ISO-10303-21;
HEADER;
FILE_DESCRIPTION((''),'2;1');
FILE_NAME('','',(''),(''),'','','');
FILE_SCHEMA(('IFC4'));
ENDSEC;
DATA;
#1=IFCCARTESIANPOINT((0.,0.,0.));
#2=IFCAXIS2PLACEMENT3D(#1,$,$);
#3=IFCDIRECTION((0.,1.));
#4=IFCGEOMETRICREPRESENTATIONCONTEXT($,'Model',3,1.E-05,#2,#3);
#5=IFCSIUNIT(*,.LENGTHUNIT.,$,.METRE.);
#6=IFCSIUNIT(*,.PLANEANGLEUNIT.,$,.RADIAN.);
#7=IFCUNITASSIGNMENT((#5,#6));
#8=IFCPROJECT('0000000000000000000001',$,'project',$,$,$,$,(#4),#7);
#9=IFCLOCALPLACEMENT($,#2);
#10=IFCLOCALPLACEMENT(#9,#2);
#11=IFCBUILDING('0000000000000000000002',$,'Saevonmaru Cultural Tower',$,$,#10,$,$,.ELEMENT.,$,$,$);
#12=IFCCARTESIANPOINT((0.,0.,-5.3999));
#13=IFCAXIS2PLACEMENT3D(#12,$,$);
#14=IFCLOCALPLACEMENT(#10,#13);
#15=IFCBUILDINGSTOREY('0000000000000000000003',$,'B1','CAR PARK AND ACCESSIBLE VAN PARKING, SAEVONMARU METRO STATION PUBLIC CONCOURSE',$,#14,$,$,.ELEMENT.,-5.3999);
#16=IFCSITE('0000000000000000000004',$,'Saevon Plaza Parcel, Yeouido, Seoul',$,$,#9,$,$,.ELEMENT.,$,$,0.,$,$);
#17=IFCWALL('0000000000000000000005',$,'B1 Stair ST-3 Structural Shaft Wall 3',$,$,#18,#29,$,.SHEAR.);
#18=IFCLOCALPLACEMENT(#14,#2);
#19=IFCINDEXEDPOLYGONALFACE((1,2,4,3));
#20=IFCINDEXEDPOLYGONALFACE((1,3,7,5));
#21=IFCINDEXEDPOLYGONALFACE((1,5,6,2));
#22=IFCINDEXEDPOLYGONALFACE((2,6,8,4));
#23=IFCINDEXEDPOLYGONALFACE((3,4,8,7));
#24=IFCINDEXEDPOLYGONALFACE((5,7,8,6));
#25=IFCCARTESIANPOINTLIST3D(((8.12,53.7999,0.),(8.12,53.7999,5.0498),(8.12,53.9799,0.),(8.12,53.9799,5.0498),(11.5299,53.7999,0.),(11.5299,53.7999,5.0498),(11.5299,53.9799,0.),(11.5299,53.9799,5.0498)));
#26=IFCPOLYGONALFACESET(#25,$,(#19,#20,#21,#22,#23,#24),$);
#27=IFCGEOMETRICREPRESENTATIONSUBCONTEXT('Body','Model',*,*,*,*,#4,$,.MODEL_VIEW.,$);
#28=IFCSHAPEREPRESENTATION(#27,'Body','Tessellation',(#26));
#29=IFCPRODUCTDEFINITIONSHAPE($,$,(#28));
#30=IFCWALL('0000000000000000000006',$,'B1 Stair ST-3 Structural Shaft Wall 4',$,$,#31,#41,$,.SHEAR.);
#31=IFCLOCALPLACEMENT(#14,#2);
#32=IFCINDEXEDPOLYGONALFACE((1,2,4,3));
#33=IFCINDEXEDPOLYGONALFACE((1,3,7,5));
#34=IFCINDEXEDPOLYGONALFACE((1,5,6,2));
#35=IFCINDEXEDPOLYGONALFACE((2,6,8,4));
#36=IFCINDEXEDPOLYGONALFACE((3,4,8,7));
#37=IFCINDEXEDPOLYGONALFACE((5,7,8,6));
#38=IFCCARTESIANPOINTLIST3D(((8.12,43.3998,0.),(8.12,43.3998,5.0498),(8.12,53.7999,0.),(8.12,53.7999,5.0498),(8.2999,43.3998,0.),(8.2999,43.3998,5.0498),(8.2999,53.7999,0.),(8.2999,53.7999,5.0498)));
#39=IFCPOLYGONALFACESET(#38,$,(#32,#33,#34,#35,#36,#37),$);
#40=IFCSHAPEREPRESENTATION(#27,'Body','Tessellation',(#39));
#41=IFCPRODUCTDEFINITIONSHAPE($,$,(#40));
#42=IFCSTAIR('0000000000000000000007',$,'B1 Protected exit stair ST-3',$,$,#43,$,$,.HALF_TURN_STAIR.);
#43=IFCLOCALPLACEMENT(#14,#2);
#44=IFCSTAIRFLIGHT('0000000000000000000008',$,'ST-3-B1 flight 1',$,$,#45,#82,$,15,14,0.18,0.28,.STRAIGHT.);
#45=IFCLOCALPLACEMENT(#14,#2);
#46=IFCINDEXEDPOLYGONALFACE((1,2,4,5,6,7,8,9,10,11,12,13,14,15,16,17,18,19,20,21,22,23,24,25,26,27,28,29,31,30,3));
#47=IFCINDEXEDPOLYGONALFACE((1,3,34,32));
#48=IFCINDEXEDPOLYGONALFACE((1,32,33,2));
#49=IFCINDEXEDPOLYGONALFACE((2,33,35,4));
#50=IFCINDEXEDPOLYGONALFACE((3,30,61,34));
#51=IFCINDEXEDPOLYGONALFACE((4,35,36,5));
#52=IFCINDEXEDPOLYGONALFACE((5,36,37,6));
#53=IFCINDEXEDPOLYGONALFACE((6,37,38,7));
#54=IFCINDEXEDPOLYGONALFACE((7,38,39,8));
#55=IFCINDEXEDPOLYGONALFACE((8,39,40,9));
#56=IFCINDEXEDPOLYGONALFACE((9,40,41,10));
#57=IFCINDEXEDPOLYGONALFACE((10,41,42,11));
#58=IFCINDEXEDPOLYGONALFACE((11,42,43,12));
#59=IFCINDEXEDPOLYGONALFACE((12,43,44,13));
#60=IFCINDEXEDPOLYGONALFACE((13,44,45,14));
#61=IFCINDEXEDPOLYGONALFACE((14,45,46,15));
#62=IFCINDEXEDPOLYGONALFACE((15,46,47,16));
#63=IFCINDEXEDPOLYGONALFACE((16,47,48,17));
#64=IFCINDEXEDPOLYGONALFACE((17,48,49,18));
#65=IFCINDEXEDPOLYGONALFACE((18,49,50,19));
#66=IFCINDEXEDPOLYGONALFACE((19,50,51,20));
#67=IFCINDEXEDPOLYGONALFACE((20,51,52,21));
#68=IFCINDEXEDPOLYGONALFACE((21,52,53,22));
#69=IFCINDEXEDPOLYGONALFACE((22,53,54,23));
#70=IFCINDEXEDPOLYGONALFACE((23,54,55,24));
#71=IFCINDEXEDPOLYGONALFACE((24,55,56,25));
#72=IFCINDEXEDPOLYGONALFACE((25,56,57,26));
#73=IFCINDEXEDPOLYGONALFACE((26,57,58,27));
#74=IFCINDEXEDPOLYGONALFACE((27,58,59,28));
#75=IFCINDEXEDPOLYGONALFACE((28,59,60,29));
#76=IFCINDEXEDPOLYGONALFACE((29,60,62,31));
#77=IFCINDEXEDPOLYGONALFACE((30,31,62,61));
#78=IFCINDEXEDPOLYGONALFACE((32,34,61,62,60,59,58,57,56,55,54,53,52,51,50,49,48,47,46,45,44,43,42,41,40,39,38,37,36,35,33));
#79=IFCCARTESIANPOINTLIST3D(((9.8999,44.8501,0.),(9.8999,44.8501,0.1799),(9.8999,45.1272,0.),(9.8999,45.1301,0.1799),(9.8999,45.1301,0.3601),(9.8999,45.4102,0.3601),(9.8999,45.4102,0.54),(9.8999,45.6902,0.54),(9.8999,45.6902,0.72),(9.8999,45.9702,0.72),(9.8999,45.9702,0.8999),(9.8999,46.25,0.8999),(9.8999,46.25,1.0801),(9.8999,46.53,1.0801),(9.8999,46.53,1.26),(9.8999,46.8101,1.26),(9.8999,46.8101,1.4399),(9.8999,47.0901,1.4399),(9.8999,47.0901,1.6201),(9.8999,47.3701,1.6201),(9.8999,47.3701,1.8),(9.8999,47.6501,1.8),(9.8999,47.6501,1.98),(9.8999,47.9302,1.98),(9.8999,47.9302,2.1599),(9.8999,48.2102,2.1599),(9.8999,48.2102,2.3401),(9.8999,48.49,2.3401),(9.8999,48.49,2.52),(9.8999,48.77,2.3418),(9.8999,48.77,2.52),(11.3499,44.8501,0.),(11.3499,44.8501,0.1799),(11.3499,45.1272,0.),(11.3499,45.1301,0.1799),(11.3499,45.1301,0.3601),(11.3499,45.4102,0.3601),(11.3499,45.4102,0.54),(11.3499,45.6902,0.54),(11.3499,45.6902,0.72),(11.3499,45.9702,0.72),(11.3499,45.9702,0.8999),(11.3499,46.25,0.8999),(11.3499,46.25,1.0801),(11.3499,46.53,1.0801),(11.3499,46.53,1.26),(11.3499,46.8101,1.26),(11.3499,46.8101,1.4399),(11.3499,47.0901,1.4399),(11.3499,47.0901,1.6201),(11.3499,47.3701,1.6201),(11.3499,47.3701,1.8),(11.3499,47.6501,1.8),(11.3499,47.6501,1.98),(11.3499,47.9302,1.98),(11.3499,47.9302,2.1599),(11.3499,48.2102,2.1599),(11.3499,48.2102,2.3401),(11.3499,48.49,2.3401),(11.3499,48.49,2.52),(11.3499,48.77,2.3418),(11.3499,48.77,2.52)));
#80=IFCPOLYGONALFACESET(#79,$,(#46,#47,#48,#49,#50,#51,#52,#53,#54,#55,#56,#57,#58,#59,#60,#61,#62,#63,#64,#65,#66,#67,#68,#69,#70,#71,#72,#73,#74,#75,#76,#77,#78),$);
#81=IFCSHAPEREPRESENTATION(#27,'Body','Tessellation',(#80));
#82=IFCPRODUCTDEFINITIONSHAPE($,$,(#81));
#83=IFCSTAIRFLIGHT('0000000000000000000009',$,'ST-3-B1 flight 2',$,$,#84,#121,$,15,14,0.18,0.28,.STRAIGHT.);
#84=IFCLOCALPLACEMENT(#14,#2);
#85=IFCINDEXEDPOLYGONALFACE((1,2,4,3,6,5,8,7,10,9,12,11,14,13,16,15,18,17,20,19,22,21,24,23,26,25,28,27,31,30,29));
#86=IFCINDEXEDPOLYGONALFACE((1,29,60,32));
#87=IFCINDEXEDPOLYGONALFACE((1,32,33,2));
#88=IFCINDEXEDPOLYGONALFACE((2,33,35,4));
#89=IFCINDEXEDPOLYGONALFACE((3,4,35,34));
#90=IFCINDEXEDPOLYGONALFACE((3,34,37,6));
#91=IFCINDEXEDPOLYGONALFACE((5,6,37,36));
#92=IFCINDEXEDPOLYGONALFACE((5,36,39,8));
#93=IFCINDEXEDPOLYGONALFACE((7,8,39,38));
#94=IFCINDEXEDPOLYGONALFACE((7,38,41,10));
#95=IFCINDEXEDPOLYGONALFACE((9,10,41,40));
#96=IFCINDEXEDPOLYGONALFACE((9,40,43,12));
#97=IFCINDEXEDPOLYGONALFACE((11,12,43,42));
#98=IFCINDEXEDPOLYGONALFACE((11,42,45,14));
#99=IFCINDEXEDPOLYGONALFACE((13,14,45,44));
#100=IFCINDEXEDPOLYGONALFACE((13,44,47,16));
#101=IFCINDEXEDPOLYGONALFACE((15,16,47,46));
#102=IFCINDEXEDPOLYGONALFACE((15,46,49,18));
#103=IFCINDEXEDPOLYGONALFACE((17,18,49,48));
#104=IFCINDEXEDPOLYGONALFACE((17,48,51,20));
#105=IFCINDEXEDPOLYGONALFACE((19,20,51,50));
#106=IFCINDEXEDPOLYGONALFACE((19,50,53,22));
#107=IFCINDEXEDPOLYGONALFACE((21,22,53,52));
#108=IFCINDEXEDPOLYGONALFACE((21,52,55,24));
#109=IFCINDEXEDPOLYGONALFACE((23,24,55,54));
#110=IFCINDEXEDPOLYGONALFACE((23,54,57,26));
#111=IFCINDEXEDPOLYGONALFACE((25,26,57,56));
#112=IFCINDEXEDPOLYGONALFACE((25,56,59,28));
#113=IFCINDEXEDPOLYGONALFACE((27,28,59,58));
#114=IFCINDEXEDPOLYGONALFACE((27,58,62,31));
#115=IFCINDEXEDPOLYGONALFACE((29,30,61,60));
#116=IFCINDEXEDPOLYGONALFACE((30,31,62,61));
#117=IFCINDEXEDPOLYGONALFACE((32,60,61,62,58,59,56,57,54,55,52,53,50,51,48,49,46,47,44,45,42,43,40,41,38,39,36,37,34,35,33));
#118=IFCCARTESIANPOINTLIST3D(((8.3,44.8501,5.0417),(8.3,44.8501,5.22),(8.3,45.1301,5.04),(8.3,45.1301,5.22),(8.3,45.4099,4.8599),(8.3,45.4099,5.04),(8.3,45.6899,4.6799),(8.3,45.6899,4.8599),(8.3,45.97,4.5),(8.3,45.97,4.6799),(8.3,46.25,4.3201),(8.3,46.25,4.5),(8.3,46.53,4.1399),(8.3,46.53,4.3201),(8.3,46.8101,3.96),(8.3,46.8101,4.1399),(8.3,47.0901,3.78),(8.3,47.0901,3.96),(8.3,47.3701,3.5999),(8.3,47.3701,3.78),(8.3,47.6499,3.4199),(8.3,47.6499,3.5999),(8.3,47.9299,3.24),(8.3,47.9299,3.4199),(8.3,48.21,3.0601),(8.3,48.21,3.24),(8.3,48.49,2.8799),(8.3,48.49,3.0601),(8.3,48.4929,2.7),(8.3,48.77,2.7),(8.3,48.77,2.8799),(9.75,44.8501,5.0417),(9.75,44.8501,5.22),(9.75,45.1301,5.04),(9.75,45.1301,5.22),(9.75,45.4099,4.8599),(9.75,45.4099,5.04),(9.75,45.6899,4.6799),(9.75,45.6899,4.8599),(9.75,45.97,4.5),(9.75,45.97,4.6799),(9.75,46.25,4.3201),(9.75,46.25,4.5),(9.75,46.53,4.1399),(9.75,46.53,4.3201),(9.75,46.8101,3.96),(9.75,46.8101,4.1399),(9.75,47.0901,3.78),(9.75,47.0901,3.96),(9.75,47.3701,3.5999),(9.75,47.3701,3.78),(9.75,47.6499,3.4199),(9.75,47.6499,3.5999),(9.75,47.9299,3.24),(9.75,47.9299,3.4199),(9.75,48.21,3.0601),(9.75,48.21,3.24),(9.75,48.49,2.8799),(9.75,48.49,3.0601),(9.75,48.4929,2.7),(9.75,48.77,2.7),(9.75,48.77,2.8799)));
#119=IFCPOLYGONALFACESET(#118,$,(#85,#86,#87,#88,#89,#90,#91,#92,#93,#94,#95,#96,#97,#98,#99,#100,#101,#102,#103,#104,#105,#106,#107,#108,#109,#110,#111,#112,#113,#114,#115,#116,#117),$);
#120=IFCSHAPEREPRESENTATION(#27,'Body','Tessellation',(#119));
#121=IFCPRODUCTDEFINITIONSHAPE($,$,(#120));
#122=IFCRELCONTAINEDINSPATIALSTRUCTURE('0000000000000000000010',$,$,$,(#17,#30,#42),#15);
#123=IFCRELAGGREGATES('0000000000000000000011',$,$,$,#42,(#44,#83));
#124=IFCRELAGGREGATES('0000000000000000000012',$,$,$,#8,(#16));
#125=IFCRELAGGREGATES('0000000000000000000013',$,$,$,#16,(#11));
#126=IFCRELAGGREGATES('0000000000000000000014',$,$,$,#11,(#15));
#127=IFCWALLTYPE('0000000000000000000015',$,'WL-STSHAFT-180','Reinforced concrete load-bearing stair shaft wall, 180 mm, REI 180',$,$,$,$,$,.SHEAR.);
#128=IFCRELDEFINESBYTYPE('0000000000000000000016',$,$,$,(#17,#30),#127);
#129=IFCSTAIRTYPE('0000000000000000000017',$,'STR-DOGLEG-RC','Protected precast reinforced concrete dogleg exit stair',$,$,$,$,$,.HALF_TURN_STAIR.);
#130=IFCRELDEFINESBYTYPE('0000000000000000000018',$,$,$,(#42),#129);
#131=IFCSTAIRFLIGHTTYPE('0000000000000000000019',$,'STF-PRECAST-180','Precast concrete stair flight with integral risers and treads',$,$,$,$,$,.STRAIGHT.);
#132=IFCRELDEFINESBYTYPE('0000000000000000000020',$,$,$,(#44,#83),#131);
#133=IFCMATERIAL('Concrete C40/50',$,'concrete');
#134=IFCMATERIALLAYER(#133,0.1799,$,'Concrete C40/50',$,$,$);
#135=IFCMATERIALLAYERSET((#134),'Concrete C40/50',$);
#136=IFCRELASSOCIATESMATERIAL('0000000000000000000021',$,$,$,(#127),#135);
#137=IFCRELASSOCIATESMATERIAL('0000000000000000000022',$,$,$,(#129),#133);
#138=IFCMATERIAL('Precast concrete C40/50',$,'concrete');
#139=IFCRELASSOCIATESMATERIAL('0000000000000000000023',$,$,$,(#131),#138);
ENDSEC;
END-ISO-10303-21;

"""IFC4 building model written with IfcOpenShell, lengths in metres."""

from ifc_helpers import new_model, si_unit, direction, frame, frame_2d, origin, place, context, subcontext, project, spatial, polyline, rectangle, outline, extrude, material, layer, layer_set, type_object, element, aggregate, save


model = new_model("IFC4")

# Units and contexts
model_context = context("Model", 3, precision=1e-05, world=origin(), true_north=direction((0.0, 1.0)))
body_context = subcontext(model_context, "Body", "Model", "MODEL_VIEW")
ifc_project = project(units=[si_unit("LENGTHUNIT", "METRE"), si_unit("PLANEANGLEUNIT", "RADIAN")], contexts=[model_context])

# Site, building, storey
site_placement = place(None, origin())
site = spatial("IfcSite", under=ifc_project, at=site_placement, Name="Saevon Plaza Parcel, Yeouido, Seoul", CompositionType="ELEMENT", RefElevation=0.0)
building_placement = place(site_placement, origin())
building = spatial("IfcBuilding", under=site, at=building_placement, Name="Saevonmaru Cultural Tower", CompositionType="ELEMENT")
storey_placement = place(building_placement, frame((0.0, 0.0, -5.3999)))
storey = spatial("IfcBuildingStorey", under=building, at=storey_placement, Name="B1", Description="CAR PARK AND ACCESSIBLE VAN PARKING, SAEVONMARU METRO STATION PUBLIC CONCOURSE", CompositionType="ELEMENT", Elevation=-5.3999)

# Shared definitions
ifc_material_1 = material(Name="Concrete C40/50", Category="concrete")
ifc_layer_1 = layer(ifc_material_1, 0.1799, Name="Concrete C40/50")
ifc_layer_set_1 = layer_set([ifc_layer_1], Name="Concrete C40/50")
wall_type_1 = type_object("IfcWallType", Name="WL-STSHAFT-180", Description="Reinforced concrete load-bearing stair shaft wall, 180 mm, REI 180", PredefinedType="SHEAR", material=ifc_layer_set_1)

# Walls
wall_1_placement = place(storey_placement, frame((11.53, 53.8899, 0.0), z_axis=(0.0, 0.0, 1.0), x_axis=(-1.0, 0.0, 0.0)))
element("IfcWall", 1, at=wall_1_placement, inside=storey, type_object=wall_type_1, Name="B1 Stair ST-3 Structural Shaft Wall 3", PredefinedType="SHEAR", context=body_context, shape_type="SweptSolid", body=[
    extrude(rectangle(XDim=3.4099, YDim=0.1799, at=frame_2d((1.7051, 0.0))), origin(), (0.0, 0.0, 1.0), 5.0498),
])
wall_2_placement = place(storey_placement, frame((8.21, 53.8, 0.0), z_axis=(0.0, 0.0, 1.0), x_axis=(0.0, -1.0, 0.0)))
element("IfcWall", 2, at=wall_2_placement, inside=storey, type_object=wall_type_1, Name="B1 Stair ST-3 Structural Shaft Wall 4", PredefinedType="SHEAR", context=body_context, shape_type="SweptSolid", body=[
    extrude(rectangle(XDim=10.4001, YDim=0.1799, at=frame_2d((5.2002, 0.0))), origin(), (0.0, 0.0, 1.0), 5.0498),
])

# Stair, stair flights
stair_type = type_object("IfcStairType", Name="STR-DOGLEG-RC", Description="Protected precast reinforced concrete dogleg exit stair", PredefinedType="HALF_TURN_STAIR", material=ifc_material_1)
stair_placement = place(storey_placement, origin())
stair = element("IfcStair", 3, at=stair_placement, inside=storey, type_object=stair_type, Name="B1 Protected exit stair ST-3", PredefinedType="HALF_TURN_STAIR")
ifc_material_2 = material(Name="Precast concrete C40/50", Category="concrete")
stair_flight_type = type_object("IfcStairFlightType", Name="STF-PRECAST-180", Description="Precast concrete stair flight with integral risers and treads", PredefinedType="STRAIGHT", material=ifc_material_2)
stair_flight_1_placement = place(storey_placement, frame((10.625, 44.8501, 0.0), z_axis=(0.0, 0.0, 1.0), x_axis=(0.0, 1.0, 0.0)))
stair_flight_1 = element("IfcStairFlight", 4, at=stair_flight_1_placement, type_object=stair_flight_type, Name="ST-3-B1 flight 1", NumberOfRisers=15, NumberOfTreads=14, PredefinedType="STRAIGHT", RiserHeight=0.18, TreadLength=0.28, context=body_context, shape_type="SweptSolid", body=[
    extrude(outline(polyline([(0.0, 0.0), (0.0, 0.1799), (0.28, 0.1799), (0.28, 0.3601), (0.5601, 0.3601), (0.5601, 0.54), (0.8401, 0.54), (0.8401, 0.72), (1.1201, 0.72), (1.1201, 0.8999), (1.3999, 0.8999), (1.3999, 1.0801), (1.6799, 1.0801), (1.6799, 1.26), (1.96, 1.26), (1.96, 1.4399), (2.24, 1.4399), (2.24, 1.6201), (2.52, 1.6201), (2.52, 1.8), (2.8, 1.8), (2.8, 1.98), (3.0801, 1.98), (3.0801, 2.1599), (3.3601, 2.1599), (3.3601, 2.3401), (3.6399, 2.3401), (3.6399, 2.52), (3.9199, 2.52), (3.9199, 2.7), (3.9199, 2.3418), (0.2771, 0.0), (0.0, 0.0)])), frame((0.0, 0.7251, 0.0), z_axis=(0.0, -1.0, 0.0), x_axis=(1.0, 0.0, 0.0)), (0.0, 0.0, 1.0), 1.45),
])
stair_flight_2_placement = place(storey_placement, frame((9.0249, 48.77, 2.7), z_axis=(0.0, 0.0, 1.0), x_axis=(0.0, -1.0, 0.0)))
stair_flight_2 = element("IfcStairFlight", 5, at=stair_flight_2_placement, type_object=stair_flight_type, Name="ST-3-B1 flight 2", NumberOfRisers=15, NumberOfTreads=14, PredefinedType="STRAIGHT", RiserHeight=0.18, TreadLength=0.28, context=body_context, shape_type="SweptSolid", body=[
    extrude(outline(polyline([(0.0, 0.0), (0.0, 0.1799), (0.28, 0.1799), (0.28, 0.3601), (0.5601, 0.3601), (0.5601, 0.54), (0.8401, 0.54), (0.8401, 0.72), (1.1201, 0.72), (1.1201, 0.8999), (1.3999, 0.8999), (1.3999, 1.0801), (1.6799, 1.0801), (1.6799, 1.26), (1.96, 1.26), (1.96, 1.4399), (2.24, 1.4399), (2.24, 1.6201), (2.52, 1.6201), (2.52, 1.8), (2.8, 1.8), (2.8, 1.98), (3.0801, 1.98), (3.0801, 2.1599), (3.3601, 2.1599), (3.3601, 2.3401), (3.6399, 2.3401), (3.6399, 2.52), (3.9199, 2.52), (3.9199, 2.7), (3.9199, 2.3418), (0.2771, 0.0), (0.0, 0.0)])), frame((0.0, 0.7251, 0.0), z_axis=(0.0, -1.0, 0.0), x_axis=(1.0, 0.0, 0.0)), (0.0, 0.0, 1.0), 1.45),
])
aggregate(stair, [stair_flight_1, stair_flight_2])

save(model, "model.ifc")
